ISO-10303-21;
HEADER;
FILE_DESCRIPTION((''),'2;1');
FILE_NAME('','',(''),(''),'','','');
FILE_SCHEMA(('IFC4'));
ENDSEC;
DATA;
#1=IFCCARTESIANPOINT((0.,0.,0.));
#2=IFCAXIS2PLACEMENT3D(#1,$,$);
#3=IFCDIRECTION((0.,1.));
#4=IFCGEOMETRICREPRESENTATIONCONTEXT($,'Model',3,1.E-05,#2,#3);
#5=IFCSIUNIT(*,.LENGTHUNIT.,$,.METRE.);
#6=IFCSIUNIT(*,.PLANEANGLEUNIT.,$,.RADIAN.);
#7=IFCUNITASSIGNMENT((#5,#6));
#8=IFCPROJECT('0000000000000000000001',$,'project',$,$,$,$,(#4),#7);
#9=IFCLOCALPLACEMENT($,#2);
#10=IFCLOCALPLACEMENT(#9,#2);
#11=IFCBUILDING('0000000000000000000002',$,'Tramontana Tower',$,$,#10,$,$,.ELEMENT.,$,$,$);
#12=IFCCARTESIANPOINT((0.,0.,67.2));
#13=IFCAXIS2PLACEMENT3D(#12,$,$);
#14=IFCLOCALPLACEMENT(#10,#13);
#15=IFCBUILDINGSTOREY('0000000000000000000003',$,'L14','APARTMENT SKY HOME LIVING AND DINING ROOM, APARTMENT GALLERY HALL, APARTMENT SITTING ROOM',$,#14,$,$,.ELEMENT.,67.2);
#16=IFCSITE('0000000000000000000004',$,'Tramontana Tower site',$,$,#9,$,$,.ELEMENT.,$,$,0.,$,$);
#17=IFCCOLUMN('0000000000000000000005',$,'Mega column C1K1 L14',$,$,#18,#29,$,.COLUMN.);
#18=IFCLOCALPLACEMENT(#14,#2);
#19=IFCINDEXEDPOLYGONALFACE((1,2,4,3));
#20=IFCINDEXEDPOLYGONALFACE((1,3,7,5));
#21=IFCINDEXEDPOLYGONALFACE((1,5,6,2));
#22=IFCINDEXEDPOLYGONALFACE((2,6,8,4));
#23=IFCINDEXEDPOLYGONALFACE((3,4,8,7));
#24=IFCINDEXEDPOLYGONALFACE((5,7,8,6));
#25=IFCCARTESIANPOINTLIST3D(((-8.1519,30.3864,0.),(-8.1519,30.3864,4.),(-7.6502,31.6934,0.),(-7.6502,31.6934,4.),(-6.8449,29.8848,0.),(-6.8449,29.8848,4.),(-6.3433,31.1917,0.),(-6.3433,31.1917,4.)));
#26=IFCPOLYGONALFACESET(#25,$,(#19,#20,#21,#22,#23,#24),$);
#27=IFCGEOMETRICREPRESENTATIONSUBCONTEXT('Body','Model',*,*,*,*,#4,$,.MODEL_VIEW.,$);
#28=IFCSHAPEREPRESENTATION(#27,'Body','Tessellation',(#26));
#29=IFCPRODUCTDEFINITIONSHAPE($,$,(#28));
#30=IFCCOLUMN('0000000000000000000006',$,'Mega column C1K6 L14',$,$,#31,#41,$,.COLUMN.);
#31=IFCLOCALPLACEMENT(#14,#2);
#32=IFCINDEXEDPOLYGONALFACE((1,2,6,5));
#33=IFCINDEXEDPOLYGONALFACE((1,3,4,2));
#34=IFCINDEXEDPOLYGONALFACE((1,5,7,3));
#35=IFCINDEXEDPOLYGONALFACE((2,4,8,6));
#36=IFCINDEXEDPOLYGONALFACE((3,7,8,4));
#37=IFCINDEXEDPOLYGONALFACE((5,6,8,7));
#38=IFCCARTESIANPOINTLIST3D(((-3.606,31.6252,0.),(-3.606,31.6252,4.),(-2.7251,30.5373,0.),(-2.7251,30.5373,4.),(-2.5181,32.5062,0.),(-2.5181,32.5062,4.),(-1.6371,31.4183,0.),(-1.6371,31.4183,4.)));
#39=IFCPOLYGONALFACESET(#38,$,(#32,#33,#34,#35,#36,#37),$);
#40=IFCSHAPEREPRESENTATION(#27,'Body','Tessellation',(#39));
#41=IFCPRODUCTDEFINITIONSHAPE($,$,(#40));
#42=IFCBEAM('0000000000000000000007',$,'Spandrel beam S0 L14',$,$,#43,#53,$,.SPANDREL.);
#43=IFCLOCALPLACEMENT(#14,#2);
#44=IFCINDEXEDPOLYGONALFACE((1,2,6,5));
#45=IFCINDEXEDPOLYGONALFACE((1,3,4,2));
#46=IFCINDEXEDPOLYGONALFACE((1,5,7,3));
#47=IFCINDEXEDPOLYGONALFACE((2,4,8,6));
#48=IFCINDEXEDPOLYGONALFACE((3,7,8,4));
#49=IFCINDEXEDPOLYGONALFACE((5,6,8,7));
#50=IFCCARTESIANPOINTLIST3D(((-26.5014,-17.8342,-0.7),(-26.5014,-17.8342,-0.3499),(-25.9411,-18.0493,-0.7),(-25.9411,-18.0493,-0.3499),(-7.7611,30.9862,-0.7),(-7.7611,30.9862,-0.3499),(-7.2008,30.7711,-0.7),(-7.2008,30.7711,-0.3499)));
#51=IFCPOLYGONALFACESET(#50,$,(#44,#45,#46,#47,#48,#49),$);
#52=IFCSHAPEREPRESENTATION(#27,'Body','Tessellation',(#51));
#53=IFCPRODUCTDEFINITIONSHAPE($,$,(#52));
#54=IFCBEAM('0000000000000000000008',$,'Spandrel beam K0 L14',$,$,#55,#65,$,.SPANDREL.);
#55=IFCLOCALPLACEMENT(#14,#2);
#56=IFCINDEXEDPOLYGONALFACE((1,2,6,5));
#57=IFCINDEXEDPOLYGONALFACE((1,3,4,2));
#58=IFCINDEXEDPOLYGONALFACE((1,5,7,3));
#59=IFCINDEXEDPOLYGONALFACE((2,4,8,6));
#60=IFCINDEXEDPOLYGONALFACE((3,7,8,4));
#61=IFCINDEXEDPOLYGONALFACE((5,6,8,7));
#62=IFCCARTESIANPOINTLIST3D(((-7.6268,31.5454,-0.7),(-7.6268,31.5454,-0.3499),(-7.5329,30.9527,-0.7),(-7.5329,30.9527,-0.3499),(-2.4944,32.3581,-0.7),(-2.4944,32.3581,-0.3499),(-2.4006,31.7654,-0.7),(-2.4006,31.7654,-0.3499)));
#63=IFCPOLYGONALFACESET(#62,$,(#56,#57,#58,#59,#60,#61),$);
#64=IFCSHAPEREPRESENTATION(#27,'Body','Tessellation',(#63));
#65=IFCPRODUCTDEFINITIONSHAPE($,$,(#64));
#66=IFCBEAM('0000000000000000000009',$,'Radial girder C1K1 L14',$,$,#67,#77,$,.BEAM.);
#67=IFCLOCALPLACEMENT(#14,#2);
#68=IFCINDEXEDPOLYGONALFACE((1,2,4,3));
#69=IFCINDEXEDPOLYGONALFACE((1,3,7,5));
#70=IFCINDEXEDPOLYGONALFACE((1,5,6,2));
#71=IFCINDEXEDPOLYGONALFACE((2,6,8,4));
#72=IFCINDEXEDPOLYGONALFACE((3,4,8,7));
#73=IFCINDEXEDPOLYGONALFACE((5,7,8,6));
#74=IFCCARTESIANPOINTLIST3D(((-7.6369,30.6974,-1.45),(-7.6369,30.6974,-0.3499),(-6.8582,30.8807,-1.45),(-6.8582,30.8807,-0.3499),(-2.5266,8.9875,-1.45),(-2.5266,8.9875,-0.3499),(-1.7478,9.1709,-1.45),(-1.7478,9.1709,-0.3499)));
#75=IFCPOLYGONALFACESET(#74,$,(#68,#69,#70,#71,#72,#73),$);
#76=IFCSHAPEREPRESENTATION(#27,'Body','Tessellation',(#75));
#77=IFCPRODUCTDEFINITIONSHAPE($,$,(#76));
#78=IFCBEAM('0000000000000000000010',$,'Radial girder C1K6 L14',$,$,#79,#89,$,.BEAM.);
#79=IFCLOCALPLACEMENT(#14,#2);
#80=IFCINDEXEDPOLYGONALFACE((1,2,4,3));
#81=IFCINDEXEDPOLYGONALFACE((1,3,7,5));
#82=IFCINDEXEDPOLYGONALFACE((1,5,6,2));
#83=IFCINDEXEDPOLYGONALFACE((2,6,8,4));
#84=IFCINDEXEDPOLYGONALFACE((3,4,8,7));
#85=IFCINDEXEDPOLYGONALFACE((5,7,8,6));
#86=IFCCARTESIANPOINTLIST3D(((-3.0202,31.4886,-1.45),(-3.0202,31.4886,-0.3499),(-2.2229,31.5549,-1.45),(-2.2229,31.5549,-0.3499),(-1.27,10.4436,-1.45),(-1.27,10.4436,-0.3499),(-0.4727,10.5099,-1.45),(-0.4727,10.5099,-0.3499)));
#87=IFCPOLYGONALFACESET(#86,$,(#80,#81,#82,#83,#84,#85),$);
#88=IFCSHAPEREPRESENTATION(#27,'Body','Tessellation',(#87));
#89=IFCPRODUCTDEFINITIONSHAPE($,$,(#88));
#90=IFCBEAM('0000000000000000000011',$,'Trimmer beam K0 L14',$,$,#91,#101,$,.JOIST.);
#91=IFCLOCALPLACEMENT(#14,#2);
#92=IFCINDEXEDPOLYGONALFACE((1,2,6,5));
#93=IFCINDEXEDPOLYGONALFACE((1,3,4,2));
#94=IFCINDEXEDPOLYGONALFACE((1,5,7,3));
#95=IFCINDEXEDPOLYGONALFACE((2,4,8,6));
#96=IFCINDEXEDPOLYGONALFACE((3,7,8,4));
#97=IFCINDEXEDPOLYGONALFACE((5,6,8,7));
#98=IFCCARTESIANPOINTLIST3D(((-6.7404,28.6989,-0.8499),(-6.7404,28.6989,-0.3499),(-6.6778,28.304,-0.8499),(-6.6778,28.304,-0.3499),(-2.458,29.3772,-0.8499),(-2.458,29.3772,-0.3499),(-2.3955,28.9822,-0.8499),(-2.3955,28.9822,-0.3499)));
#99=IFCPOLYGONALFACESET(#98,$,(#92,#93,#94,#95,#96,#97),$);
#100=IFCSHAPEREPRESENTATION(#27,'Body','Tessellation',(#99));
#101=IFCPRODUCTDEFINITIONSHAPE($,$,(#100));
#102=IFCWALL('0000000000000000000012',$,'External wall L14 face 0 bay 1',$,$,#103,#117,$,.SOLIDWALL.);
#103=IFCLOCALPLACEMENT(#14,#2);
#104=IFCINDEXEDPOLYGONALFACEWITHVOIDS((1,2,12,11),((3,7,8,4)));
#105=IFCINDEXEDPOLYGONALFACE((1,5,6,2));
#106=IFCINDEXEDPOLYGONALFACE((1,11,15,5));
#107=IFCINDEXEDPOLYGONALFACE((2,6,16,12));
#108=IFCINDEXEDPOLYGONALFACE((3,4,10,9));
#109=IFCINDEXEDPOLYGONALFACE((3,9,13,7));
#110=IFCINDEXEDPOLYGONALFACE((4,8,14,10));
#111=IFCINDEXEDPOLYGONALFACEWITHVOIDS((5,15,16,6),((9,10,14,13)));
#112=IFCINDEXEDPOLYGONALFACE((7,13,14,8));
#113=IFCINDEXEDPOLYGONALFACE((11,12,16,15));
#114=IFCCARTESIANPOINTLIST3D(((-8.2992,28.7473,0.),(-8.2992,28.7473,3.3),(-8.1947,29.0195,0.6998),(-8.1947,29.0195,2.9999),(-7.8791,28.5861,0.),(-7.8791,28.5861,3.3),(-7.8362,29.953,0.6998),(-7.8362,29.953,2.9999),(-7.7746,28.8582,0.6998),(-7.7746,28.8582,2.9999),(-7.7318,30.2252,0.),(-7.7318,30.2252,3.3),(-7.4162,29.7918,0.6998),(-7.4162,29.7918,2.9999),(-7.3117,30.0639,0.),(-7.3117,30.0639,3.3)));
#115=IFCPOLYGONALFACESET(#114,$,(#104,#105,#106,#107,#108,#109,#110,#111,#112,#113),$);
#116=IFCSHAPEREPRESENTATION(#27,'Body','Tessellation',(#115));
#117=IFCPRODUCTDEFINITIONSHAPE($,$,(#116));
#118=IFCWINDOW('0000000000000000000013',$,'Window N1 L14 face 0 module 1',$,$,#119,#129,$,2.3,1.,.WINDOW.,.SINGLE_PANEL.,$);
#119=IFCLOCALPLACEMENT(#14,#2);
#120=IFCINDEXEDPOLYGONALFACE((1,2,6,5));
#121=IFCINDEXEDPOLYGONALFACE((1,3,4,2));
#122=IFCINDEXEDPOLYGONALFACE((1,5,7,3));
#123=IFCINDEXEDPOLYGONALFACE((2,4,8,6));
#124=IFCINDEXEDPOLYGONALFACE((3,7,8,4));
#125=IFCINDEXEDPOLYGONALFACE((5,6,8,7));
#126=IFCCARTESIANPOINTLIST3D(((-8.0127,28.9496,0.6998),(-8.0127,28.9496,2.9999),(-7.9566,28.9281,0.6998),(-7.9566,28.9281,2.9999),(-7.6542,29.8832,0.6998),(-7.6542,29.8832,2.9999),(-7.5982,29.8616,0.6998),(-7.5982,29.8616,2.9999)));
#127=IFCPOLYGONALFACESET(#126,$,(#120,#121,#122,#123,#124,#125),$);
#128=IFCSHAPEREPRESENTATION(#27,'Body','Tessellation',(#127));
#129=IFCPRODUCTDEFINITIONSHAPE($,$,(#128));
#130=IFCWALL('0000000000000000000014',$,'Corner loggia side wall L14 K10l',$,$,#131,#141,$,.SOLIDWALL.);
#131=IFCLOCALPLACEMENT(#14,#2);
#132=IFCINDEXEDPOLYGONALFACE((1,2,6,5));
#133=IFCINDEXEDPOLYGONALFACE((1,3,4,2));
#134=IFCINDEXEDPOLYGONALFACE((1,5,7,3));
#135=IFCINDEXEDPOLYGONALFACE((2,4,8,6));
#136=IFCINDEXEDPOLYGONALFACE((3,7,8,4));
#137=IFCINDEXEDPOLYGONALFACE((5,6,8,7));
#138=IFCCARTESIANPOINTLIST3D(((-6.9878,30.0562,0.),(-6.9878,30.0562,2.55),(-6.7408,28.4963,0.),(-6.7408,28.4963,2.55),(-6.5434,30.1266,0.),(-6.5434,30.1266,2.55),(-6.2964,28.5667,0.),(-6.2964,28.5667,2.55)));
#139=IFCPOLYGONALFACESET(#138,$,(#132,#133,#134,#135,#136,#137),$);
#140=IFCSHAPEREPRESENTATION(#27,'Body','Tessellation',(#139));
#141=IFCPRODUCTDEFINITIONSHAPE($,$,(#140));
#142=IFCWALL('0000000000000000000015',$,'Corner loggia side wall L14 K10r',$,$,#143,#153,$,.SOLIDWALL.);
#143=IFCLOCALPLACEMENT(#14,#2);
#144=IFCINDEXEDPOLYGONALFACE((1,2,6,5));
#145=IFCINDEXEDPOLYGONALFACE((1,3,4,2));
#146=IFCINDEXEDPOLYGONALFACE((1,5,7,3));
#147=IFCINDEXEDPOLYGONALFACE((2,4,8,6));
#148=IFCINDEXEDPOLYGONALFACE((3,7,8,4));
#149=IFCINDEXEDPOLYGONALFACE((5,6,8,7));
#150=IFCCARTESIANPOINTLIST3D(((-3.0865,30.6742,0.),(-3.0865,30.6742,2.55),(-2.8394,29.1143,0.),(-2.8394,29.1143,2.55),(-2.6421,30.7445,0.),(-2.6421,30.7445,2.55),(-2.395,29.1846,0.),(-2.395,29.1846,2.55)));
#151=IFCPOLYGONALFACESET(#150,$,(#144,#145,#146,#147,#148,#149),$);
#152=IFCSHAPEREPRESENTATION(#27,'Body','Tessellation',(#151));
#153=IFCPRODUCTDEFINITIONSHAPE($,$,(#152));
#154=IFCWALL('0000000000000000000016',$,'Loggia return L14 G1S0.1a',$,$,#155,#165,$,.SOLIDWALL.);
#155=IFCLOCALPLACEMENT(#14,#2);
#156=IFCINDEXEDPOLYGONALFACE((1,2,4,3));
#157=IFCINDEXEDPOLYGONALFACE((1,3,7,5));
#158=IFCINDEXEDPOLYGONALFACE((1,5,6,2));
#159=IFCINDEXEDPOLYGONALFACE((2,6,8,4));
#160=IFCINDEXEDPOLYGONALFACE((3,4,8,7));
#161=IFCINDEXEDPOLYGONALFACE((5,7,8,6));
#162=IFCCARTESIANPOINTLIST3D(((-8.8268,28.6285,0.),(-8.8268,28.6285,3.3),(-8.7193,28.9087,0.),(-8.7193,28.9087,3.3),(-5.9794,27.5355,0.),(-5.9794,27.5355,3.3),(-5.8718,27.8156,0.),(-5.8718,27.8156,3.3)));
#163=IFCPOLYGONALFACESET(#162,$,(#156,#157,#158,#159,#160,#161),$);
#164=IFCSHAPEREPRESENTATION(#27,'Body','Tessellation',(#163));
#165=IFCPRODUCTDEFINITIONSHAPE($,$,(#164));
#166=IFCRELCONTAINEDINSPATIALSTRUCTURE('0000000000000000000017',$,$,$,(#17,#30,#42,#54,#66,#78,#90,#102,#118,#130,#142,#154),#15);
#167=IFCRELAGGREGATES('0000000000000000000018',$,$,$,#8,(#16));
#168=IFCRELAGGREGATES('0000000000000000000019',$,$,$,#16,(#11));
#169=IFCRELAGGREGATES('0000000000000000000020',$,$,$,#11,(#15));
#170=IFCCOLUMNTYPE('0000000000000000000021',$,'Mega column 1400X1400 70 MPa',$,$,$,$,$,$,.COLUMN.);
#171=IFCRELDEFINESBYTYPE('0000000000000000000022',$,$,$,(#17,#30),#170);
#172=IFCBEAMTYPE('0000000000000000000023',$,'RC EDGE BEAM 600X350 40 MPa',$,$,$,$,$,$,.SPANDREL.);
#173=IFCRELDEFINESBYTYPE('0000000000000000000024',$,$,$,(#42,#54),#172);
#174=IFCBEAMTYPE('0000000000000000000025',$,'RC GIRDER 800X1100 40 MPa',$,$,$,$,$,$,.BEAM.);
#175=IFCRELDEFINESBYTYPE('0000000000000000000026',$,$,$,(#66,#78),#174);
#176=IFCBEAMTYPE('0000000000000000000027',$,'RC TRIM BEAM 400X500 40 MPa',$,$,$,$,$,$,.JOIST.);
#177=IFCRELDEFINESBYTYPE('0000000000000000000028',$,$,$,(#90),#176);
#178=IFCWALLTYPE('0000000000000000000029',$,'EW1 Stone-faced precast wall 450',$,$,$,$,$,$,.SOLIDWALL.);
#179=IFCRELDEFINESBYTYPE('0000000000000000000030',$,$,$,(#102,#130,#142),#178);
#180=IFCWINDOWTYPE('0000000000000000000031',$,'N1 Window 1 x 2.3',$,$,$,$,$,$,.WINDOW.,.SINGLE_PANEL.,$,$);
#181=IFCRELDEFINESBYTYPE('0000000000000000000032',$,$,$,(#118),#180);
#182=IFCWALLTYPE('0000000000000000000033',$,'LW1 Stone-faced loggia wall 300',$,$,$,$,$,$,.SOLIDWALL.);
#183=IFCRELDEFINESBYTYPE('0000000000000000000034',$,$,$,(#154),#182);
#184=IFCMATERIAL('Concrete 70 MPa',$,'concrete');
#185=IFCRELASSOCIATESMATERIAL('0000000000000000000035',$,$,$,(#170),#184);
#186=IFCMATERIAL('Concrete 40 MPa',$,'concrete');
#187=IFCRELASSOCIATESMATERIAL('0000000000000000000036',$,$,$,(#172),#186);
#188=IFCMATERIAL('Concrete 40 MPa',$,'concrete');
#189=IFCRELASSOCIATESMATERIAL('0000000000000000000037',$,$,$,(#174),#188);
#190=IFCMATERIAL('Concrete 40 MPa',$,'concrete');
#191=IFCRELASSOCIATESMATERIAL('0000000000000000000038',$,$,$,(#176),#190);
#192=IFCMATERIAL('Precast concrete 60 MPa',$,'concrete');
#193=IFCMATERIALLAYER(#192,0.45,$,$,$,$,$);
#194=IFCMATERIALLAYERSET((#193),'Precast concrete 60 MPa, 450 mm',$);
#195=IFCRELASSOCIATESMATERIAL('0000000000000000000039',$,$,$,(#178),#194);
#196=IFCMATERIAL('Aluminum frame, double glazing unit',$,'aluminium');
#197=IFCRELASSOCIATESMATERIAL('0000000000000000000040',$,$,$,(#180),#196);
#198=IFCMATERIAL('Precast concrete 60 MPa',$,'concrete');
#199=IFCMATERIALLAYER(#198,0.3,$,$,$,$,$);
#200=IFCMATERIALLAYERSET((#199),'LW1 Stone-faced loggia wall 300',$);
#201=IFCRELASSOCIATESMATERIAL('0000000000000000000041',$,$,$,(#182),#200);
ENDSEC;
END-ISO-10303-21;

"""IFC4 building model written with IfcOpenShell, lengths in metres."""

from ifc_helpers import new_model, si_unit, direction, frame, frame_2d, origin, origin_2d, place, context, subcontext, project, spatial, rectangle, extrude, material, layer, layer_set, material_profile, profile_set, type_object, element, fill, save


model = new_model("IFC4")

# Units and contexts
model_context = context("Model", 3, precision=1e-05, world=origin(), true_north=direction((0.0, 1.0)))
body_context = subcontext(model_context, "Body", "Model", "MODEL_VIEW")
ifc_project = project(units=[si_unit("LENGTHUNIT", "METRE"), si_unit("PLANEANGLEUNIT", "RADIAN")], contexts=[model_context])

# Site, building, storey
site_placement = place(None, origin())
site = spatial("IfcSite", under=ifc_project, at=site_placement, Name="Tramontana Tower site", CompositionType="ELEMENT", RefElevation=0.0)
building_placement = place(site_placement, origin())
building = spatial("IfcBuilding", under=site, at=building_placement, Name="Tramontana Tower", CompositionType="ELEMENT")
storey_placement = place(building_placement, frame((0.0, 0.0, 67.2)))
storey = spatial("IfcBuildingStorey", under=building, at=storey_placement, Name="L14", Description="APARTMENT SKY HOME LIVING AND DINING ROOM, APARTMENT GALLERY HALL, APARTMENT SITTING ROOM", CompositionType="ELEMENT", Elevation=67.2)

# Columns
ifc_material_1 = material(Name="Concrete 70 MPa", Category="concrete")
ifc_material_profile_1 = material_profile(ifc_material_1, rectangle(XDim=1.3999, YDim=1.3999, at=origin_2d()), Name="Mega column 1400X1400 70 MPa")
ifc_profile_set_1 = profile_set([ifc_material_profile_1], Name="Concrete 70 MPa")
column_type = type_object("IfcColumnType", Name="Mega column 1400X1400 70 MPa", PredefinedType="COLUMN", material=ifc_profile_set_1)
for number, where, z_axis, x_axis, name in (
    (1, (-7.2476, 30.7891, 0.0), (0.0, 0.0, 1.0), (-0.358368, -0.93358, 0.0), "Mega column C1K1 L14"),
    (2, (-2.6216, 31.5217, 0.0), (0.0, 0.0, 1.0), (-0.62932, 0.777146, 0.0), "Mega column C1K6 L14"),
):
    element("IfcColumn", number, at=place(storey_placement, frame(where, z_axis=z_axis, x_axis=x_axis)), inside=storey, type_object=column_type, Name=name, PredefinedType="COLUMN", context=body_context, shape_type="SweptSolid", body=[
        extrude(rectangle(XDim=1.3999, YDim=1.3999, at=origin_2d()), origin(), (0.0, 0.0, 1.0), 4.0),
    ])

# Beams
ifc_material_2 = material(Name="Concrete 40 MPa", Category="concrete")
ifc_material_profile_2 = material_profile(ifc_material_2, rectangle(XDim=0.6001, YDim=0.3501, at=origin_2d()), Name="RC EDGE BEAM 600X350 40 MPa")
ifc_profile_set_2 = profile_set([ifc_material_profile_2], Name="Concrete 40 MPa")
beam_type_1 = type_object("IfcBeamType", Name="RC EDGE BEAM 600X350 40 MPa", PredefinedType="SPANDREL", material=ifc_profile_set_2)
beam_1_placement = place(storey_placement, frame((-7.481, 30.8787, -0.5249), z_axis=(-0.358366, -0.933581, 0.0), x_axis=(0.933581, -0.358366, 0.0)))
element("IfcBeam", 3, at=beam_1_placement, inside=storey, type_object=beam_type_1, Name="Spandrel beam S0 L14", PredefinedType="SPANDREL", context=body_context, shape_type="SweptSolid", body=[
    extrude(rectangle(XDim=0.6001, YDim=0.3501, at=origin_2d()), origin(), (0.0, 0.0, 1.0), 52.2937),
])
beam_2_placement = place(storey_placement, frame((-2.4475, 32.0618, -0.5249), z_axis=(-0.987692, -0.156409, 0.0), x_axis=(0.156409, -0.987692, 0.0)))
element("IfcBeam", 4, at=beam_2_placement, inside=storey, type_object=beam_type_1, Name="Spandrel beam K0 L14", PredefinedType="SPANDREL", context=body_context, shape_type="SweptSolid", body=[
    extrude(rectangle(XDim=0.6001, YDim=0.3501, at=origin_2d()), origin(), (0.0, 0.0, 1.0), 5.1963),
])
ifc_material_3 = material(Name="Concrete 40 MPa", Category="concrete")
ifc_material_profile_3 = material_profile(ifc_material_3, rectangle(XDim=0.8, YDim=1.1001, at=origin_2d()), Name="RC GIRDER 800X1100 40 MPa")
ifc_profile_set_3 = profile_set([ifc_material_profile_3], Name="Concrete 40 MPa")
beam_type_2 = type_object("IfcBeamType", Name="RC GIRDER 800X1100 40 MPa", PredefinedType="BEAM", material=ifc_profile_set_3)
beam_3_placement = place(storey_placement, frame((-7.2476, 30.7891, -0.8999), z_axis=(0.22913, -0.973396, 0.0), x_axis=(0.973396, 0.22913, 0.0)))
element("IfcBeam", 5, at=beam_3_placement, inside=storey, type_object=beam_type_2, Name="Radial girder C1K1 L14", PredefinedType="BEAM", context=body_context, shape_type="SweptSolid", body=[
    extrude(rectangle(XDim=0.8, YDim=1.1001, at=origin_2d()), origin(), (0.0, 0.0, 1.0), 22.3032),
])
beam_4_placement = place(storey_placement, frame((-2.6216, 31.5217, -0.8999), z_axis=(0.082881, -0.996559, 0.0), x_axis=(0.996559, 0.082881, 0.0)))
element("IfcBeam", 6, at=beam_4_placement, inside=storey, type_object=beam_type_2, Name="Radial girder C1K6 L14", PredefinedType="BEAM", context=body_context, shape_type="SweptSolid", body=[
    extrude(rectangle(XDim=0.8, YDim=1.1001, at=origin_2d()), origin(), (0.0, 0.0, 1.0), 21.1177),
])
ifc_material_4 = material(Name="Concrete 40 MPa", Category="concrete")
ifc_material_profile_4 = material_profile(ifc_material_4, rectangle(XDim=0.3999, YDim=0.5, at=origin_2d()), Name="RC TRIM BEAM 400X500 40 MPa")
ifc_profile_set_4 = profile_set([ifc_material_profile_4], Name="Concrete 40 MPa")
beam_type_3 = type_object("IfcBeamType", Name="RC TRIM BEAM 400X500 40 MPa", PredefinedType="JOIST", material=ifc_profile_set_4)
beam_5_placement = place(storey_placement, frame((-2.4268, 29.1797, -0.5999), z_axis=(-0.987689, -0.156431, 0.0), x_axis=(0.156431, -0.987689, 0.0)))
element("IfcBeam", 7, at=beam_5_placement, inside=storey, type_object=beam_type_3, Name="Trimmer beam K0 L14", PredefinedType="JOIST", context=body_context, shape_type="SweptSolid", body=[
    extrude(rectangle(XDim=0.3999, YDim=0.5, at=origin_2d()), origin(), (0.0, 0.0, 1.0), 4.3357),
])

# Wall, opening, window
ifc_material_5 = material(Name="Precast concrete 60 MPa", Category="concrete")
ifc_layer_1 = layer(ifc_material_5, 0.45)
ifc_layer_set_1 = layer_set([ifc_layer_1], Name="Precast concrete 60 MPa, 450 mm")
wall_type_1 = type_object("IfcWallType", Name="EW1 Stone-faced precast wall 450", PredefinedType="SOLIDWALL", material=ifc_layer_set_1)
wall_1_placement = place(storey_placement, frame((-7.5217, 30.1445, 0.0), z_axis=(0.0, 0.0, 1.0), x_axis=(-0.358431, -0.933556, 0.0)))
wall_1 = element("IfcWall", 8, at=wall_1_placement, inside=storey, type_object=wall_type_1, Name="External wall L14 face 0 bay 1", PredefinedType="SOLIDWALL", context=body_context, shape_type="SweptSolid", body=[
    extrude(rectangle(XDim=1.583, YDim=0.45, at=frame_2d((0.7915, 0.0))), origin(), (0.0, 0.0, 1.0), 3.3),
])
opening_1_placement = place(wall_1_placement, frame((0.2915, 0.0, 0.7)))
opening_1 = element("IfcOpeningElement", 9, at=opening_1_placement, cuts=wall_1, PredefinedType="OPENING", context=body_context, shape_type="SweptSolid", body=[
    extrude(rectangle(XDim=1.0, YDim=2.3, at=frame_2d((0.5, 1.1499))), frame((0.0, 0.2349, 0.0), z_axis=(0.0, -1.0, 0.0), x_axis=(1.0, 0.0, 0.0)), (0.0, 0.0, 1.0), 0.47),
])
ifc_material_6 = material(Name="Aluminum frame, double glazing unit", Category="aluminium")
window_type = type_object("IfcWindowType", Name="N1 Window 1 x 2.3", PartitioningType="SINGLE_PANEL", PredefinedType="WINDOW", material=ifc_material_6)
window_placement = place(opening_1_placement, origin())
window = element("IfcWindow", 10, at=window_placement, inside=storey, type_object=window_type, Name="Window N1 L14 face 0 module 1", OverallHeight=2.3, OverallWidth=1.0, PartitioningType="SINGLE_PANEL", PredefinedType="WINDOW", context=body_context, shape_type="SweptSolid", body=[
    extrude(rectangle(XDim=1.0, YDim=2.3, at=frame_2d((0.5, 1.1499))), frame((0.0, 0.03, 0.0), z_axis=(0.0, -1.0, 0.0), x_axis=(1.0, 0.0, 0.0)), (0.0, 0.0, 1.0), 0.0601),
])
fill(opening_1, window)

# Walls
for number, where, z_axis, x_axis, name in (
    (11, (-6.7656, 30.0913, 0.0), (0.0, 0.0, 1.0), (0.156447, -0.987686, 0.0), "Corner loggia side wall L14 K10l"),
    (12, (-2.8643, 30.7092, 0.0), (0.0, 0.0, 1.0), (0.156447, -0.987686, 0.0), "Corner loggia side wall L14 K10r"),
):
    element("IfcWall", number, at=place(storey_placement, frame(where, z_axis=z_axis, x_axis=x_axis)), inside=storey, type_object=wall_type_1, Name=name, PredefinedType="SOLIDWALL", context=body_context, shape_type="SweptSolid", body=[
        extrude(rectangle(XDim=1.5793, YDim=0.45, at=frame_2d((0.7896, 0.0))), origin(), (0.0, 0.0, 1.0), 2.55),
    ])

# Wall
ifc_material_7 = material(Name="Precast concrete 60 MPa", Category="concrete")
ifc_layer_2 = layer(ifc_material_7, 0.3)
ifc_layer_set_2 = layer_set([ifc_layer_2], Name="LW1 Stone-faced loggia wall 300")
wall_type_2 = type_object("IfcWallType", Name="LW1 Stone-faced loggia wall 300", PredefinedType="SOLIDWALL", material=ifc_layer_set_2)
wall_2_placement = place(storey_placement, frame((-8.7729, 28.7686, 0.0), z_axis=(0.0, 0.0, 1.0), x_axis=(0.933581, -0.358368, 0.0)))
element("IfcWall", 13, at=wall_2_placement, inside=storey, type_object=wall_type_2, Name="Loggia return L14 G1S0.1a", PredefinedType="SOLIDWALL", context=body_context, shape_type="SweptSolid", body=[
    extrude(rectangle(XDim=3.05, YDim=0.3, at=frame_2d((1.5249, 0.0))), origin(), (0.0, 0.0, 1.0), 3.3),
])

save(model, "model.ifc")
